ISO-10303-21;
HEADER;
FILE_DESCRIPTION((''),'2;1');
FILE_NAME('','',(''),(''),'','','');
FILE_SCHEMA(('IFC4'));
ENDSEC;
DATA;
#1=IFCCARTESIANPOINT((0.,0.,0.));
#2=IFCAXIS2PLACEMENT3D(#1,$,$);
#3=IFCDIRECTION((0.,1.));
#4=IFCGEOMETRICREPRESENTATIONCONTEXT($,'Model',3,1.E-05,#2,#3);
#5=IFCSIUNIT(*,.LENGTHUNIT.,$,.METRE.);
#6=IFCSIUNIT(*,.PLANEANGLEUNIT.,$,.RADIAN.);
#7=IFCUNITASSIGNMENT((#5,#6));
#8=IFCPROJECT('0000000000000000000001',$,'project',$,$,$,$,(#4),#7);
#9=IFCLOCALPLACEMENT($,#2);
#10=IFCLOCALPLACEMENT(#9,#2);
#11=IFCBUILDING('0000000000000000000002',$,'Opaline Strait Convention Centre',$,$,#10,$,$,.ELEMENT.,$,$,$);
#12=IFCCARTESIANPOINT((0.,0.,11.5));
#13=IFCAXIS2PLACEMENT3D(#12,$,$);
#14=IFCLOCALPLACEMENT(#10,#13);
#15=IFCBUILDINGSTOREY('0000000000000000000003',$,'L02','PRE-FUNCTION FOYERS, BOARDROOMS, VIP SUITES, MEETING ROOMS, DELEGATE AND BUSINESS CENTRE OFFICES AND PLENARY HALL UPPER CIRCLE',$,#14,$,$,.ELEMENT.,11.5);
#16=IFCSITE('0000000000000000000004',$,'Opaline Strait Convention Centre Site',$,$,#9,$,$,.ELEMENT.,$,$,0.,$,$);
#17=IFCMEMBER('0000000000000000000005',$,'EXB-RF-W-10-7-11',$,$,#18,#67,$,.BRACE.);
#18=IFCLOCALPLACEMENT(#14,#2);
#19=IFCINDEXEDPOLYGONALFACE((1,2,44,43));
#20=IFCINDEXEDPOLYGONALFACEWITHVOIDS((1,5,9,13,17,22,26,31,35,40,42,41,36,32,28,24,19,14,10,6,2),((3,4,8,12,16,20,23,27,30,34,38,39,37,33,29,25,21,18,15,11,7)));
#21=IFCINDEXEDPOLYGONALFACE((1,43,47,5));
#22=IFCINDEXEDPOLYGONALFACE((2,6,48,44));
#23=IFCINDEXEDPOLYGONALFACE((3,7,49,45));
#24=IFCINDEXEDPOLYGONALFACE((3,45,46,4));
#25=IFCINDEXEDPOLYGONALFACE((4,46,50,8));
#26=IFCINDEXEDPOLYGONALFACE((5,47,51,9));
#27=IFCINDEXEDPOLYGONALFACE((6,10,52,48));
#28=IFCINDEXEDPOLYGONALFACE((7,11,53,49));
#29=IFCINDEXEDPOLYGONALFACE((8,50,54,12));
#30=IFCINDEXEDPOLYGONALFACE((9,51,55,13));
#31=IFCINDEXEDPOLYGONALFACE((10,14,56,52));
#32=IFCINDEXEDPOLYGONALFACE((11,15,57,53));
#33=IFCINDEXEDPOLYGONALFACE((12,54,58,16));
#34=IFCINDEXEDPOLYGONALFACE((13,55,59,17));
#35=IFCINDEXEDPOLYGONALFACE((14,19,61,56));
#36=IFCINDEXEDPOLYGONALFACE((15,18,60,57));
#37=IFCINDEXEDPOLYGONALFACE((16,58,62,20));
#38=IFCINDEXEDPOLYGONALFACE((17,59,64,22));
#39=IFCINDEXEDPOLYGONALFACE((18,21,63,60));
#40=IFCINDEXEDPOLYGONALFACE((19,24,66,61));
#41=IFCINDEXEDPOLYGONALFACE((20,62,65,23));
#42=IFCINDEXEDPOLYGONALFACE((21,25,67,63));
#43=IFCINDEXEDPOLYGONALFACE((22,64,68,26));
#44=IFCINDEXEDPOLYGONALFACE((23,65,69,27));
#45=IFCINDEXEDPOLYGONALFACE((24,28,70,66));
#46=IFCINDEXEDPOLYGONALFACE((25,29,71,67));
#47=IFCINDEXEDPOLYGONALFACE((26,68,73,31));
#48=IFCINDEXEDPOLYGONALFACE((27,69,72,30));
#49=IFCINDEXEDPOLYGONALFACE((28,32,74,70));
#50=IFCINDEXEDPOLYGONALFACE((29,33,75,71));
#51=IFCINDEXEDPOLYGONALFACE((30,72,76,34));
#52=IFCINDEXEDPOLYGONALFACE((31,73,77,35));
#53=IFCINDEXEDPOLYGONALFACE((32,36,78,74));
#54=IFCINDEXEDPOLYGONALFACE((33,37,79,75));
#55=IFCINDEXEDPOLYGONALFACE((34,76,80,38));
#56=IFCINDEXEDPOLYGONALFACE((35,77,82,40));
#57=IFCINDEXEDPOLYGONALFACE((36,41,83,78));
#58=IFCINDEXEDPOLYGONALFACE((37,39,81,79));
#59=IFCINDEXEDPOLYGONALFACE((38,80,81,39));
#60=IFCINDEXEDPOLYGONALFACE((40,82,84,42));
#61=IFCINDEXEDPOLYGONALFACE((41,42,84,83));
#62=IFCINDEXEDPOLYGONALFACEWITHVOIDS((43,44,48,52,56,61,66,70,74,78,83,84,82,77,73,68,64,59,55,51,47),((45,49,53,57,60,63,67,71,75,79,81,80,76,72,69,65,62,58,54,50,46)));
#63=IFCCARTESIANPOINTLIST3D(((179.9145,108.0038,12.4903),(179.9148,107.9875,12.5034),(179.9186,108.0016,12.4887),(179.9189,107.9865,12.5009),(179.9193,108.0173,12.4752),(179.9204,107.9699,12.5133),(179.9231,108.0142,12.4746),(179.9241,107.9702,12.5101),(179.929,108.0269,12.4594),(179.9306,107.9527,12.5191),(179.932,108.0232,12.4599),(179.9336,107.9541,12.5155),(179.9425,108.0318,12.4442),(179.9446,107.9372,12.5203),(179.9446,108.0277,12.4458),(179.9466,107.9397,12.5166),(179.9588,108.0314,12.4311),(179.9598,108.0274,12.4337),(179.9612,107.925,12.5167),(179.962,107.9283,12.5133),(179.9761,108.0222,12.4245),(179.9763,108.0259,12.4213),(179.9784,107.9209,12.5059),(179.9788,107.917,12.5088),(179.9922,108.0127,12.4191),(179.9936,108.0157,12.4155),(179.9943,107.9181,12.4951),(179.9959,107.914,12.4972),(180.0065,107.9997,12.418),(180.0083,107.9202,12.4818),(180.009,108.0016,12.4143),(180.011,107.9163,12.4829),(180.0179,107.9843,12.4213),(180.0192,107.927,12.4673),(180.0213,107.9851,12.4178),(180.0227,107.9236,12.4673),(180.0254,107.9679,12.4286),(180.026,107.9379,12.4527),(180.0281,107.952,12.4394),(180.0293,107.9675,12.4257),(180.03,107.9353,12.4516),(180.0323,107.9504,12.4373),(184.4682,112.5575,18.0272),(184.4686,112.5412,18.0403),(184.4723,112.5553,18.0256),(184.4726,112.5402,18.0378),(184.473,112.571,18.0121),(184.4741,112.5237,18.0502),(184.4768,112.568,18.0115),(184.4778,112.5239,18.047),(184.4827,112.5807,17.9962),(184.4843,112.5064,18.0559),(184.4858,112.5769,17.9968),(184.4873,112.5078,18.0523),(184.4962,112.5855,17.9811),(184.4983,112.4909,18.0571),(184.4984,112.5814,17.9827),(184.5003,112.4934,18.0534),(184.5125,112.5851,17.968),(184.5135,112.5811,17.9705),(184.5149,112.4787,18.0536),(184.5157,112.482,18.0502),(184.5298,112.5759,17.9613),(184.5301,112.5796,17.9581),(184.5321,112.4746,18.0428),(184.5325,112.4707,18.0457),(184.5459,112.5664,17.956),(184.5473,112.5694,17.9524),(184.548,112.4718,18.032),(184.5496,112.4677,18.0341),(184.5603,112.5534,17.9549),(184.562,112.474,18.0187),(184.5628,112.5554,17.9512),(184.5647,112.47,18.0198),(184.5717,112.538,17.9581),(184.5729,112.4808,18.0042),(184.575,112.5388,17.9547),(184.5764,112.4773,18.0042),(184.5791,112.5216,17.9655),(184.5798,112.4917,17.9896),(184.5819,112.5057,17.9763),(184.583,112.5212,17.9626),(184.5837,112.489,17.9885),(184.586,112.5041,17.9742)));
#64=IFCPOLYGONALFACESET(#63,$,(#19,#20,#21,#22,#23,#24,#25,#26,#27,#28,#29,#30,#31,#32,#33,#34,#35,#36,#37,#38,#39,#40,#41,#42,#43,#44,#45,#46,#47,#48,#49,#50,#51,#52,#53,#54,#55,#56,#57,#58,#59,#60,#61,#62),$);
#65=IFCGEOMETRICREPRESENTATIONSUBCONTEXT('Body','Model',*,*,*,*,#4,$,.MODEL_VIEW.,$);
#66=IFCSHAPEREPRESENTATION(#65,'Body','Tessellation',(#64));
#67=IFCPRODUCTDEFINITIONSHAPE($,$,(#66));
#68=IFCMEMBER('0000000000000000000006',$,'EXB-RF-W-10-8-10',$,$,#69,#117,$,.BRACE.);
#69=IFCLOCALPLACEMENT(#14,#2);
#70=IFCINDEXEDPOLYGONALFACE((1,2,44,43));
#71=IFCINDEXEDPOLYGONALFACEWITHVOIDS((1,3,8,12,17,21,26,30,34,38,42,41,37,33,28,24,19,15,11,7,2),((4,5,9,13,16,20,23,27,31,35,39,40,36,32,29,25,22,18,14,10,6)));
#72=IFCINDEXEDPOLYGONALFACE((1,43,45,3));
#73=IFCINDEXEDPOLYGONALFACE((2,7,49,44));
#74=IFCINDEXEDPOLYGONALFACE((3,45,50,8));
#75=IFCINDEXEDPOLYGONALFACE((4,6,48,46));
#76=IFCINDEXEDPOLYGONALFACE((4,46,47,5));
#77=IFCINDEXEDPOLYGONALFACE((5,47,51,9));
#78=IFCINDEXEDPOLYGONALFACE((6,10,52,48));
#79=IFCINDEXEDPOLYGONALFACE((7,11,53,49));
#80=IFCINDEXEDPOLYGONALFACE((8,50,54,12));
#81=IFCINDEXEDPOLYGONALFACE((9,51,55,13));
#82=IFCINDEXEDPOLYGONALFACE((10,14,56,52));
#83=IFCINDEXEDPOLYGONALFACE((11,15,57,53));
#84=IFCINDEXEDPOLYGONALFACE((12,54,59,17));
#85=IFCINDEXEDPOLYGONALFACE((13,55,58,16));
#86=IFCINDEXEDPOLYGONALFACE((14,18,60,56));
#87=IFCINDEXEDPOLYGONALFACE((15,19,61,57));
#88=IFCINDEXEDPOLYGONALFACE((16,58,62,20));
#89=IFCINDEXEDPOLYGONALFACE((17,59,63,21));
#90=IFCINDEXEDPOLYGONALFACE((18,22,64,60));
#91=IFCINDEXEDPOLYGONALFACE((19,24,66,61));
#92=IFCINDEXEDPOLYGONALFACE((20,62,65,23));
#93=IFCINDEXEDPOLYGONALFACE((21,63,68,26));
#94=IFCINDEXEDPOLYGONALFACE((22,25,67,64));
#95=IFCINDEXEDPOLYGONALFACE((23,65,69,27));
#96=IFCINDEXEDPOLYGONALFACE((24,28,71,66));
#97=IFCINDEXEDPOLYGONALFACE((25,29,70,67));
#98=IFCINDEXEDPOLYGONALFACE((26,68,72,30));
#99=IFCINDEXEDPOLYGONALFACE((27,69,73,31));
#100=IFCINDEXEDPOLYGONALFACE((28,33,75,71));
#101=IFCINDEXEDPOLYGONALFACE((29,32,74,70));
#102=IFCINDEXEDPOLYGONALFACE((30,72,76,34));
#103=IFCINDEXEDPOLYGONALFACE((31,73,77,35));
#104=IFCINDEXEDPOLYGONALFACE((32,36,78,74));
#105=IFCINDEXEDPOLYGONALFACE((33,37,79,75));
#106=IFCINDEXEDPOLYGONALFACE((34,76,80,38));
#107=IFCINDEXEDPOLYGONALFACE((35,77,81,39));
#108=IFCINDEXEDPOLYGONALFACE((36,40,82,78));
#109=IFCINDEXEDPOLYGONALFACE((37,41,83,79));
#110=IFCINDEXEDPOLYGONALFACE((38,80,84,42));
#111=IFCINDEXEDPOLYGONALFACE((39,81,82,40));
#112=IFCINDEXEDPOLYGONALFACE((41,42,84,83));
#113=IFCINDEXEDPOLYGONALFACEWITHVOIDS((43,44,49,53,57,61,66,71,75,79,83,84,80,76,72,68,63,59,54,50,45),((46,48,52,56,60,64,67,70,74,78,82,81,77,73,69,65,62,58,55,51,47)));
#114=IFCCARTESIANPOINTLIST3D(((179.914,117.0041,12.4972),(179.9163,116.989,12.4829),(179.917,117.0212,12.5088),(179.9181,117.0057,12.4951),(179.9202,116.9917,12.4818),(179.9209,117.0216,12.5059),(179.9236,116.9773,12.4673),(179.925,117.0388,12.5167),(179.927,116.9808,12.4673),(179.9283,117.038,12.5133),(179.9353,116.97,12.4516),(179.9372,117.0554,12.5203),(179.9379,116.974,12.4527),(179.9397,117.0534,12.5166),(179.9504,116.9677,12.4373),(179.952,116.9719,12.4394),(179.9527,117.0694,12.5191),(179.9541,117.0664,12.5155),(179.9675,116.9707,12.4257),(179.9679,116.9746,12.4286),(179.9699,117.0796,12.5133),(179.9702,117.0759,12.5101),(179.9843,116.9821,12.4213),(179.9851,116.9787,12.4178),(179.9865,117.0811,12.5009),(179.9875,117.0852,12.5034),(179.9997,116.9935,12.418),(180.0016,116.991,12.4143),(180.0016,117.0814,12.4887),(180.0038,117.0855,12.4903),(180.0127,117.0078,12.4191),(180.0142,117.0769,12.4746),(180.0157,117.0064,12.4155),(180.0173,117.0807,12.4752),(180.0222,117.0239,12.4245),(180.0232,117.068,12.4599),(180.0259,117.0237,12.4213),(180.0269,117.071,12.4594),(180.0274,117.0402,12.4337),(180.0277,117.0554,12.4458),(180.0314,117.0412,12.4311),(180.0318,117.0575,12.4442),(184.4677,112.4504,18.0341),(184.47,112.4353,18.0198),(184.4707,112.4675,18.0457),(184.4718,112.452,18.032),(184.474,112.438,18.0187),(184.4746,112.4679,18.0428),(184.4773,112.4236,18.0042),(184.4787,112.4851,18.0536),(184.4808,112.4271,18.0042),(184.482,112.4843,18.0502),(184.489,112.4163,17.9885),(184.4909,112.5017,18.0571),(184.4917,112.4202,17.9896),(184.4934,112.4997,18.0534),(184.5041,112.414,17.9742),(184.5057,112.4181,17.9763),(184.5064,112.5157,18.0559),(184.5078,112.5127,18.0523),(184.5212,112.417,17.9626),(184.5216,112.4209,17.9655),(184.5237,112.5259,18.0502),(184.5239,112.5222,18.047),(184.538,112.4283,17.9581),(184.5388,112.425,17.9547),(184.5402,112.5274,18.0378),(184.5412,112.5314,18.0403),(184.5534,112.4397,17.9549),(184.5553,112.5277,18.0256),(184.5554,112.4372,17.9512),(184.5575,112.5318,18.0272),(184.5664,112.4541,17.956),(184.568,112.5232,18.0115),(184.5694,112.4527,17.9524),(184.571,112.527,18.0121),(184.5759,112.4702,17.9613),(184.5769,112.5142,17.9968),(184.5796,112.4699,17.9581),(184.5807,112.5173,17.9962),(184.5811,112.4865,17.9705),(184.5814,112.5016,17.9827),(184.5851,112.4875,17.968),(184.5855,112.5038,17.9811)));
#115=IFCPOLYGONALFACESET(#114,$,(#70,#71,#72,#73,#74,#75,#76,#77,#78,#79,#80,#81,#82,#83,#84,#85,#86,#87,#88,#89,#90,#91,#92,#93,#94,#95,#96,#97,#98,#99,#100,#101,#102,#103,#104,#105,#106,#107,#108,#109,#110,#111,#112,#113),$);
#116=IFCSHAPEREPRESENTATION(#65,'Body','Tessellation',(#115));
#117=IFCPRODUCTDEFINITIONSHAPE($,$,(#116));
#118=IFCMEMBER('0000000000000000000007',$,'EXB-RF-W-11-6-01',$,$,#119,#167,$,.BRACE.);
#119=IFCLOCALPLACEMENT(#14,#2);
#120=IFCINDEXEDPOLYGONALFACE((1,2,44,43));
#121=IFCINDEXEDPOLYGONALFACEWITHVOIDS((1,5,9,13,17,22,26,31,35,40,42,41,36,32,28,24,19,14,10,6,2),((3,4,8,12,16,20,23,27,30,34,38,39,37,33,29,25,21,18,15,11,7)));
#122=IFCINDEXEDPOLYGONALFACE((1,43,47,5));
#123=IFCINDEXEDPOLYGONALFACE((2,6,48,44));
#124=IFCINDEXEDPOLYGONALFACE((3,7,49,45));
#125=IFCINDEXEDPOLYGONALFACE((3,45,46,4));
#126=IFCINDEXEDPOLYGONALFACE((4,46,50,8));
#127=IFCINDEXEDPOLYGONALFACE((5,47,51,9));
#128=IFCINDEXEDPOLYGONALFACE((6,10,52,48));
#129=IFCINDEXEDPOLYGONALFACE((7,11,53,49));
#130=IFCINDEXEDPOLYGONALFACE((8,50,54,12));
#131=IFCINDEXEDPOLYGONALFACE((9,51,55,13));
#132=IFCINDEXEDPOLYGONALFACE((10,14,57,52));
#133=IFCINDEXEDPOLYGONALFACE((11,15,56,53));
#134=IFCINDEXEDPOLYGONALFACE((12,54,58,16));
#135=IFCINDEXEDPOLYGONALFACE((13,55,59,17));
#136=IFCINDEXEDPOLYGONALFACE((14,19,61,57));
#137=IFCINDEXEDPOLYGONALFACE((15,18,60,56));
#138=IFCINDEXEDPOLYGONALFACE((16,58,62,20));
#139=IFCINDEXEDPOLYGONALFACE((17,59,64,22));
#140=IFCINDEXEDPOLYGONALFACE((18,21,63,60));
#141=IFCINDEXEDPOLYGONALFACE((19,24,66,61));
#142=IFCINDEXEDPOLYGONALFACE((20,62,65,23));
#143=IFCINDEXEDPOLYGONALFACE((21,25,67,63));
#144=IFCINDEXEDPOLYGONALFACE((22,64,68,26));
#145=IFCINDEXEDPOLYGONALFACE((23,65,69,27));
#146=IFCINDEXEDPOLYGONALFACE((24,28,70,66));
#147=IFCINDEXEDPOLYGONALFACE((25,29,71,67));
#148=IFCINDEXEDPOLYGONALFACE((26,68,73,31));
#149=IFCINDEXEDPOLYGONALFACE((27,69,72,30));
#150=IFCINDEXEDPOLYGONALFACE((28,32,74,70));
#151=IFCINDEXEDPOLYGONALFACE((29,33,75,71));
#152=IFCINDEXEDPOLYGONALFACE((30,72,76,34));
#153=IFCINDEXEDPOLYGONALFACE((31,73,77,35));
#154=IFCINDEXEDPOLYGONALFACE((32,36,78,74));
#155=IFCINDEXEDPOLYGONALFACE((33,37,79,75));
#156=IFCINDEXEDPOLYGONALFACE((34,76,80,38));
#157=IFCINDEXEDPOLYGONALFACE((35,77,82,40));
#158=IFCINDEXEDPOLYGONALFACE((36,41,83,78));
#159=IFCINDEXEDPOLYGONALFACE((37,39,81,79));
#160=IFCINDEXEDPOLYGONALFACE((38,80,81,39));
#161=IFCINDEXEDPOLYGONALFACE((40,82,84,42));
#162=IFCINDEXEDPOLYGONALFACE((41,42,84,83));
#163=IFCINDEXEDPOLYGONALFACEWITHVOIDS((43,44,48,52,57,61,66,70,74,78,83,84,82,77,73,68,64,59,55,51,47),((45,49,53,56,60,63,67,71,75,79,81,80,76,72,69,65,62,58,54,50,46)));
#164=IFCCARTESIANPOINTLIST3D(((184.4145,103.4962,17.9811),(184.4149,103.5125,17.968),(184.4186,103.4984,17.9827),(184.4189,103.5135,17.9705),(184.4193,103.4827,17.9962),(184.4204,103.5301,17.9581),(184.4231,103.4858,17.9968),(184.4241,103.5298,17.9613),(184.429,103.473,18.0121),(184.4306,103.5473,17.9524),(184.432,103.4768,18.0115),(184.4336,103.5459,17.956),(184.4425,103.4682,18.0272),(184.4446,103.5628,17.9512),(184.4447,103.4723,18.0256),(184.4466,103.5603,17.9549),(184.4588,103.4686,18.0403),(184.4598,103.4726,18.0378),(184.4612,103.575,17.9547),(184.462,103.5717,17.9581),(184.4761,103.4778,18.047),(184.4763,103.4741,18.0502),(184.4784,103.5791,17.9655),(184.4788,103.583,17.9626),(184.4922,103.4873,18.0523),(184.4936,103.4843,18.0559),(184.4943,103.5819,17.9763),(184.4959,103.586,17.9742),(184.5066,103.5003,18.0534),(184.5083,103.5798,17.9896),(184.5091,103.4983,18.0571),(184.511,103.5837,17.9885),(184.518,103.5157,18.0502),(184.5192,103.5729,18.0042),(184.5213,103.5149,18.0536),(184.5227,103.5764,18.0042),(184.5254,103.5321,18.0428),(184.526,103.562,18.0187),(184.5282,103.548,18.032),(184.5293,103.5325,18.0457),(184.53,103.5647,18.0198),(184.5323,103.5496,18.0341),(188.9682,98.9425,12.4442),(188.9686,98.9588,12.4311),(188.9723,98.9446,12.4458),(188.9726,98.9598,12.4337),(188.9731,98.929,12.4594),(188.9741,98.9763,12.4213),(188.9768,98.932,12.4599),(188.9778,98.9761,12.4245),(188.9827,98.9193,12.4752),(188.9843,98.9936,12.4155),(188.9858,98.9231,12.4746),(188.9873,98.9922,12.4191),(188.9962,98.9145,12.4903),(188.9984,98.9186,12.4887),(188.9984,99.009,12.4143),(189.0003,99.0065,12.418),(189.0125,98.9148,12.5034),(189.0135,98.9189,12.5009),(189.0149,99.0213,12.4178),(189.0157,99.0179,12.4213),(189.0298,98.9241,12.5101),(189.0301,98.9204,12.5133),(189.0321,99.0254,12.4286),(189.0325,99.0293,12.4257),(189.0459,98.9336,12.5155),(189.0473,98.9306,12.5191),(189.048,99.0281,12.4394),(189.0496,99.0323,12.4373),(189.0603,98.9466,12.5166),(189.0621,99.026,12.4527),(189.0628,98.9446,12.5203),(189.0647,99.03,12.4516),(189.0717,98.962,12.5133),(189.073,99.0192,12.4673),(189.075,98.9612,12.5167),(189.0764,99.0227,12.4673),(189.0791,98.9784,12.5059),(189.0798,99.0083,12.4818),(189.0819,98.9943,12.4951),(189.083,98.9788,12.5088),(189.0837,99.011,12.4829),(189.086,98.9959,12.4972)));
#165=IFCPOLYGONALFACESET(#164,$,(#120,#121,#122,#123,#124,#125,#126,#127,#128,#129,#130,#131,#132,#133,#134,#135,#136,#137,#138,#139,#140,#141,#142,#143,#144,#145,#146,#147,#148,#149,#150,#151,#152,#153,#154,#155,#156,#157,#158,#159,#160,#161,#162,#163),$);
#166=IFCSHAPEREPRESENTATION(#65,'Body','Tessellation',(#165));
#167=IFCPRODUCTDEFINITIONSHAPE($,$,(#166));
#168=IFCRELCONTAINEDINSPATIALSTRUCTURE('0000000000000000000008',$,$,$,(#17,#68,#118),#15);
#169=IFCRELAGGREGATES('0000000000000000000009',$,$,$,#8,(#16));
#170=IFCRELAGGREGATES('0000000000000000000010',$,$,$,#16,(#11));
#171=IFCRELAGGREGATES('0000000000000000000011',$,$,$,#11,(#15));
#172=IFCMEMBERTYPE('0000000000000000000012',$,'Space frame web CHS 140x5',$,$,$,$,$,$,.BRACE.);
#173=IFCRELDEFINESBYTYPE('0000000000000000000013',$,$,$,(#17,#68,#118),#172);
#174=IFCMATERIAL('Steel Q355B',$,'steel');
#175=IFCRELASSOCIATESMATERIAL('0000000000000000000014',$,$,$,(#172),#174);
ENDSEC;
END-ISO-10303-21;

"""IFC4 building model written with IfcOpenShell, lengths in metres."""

from ifc_helpers import new_model, si_unit, direction, frame, origin, origin_2d, place, context, subcontext, project, spatial, hollow_circle, extrude, material, material_profile, profile_set, type_object, element, save


model = new_model("IFC4")

# Units and contexts
model_context = context("Model", 3, precision=1e-05, world=origin(), true_north=direction((0.0, 1.0)))
body_context = subcontext(model_context, "Body", "Model", "MODEL_VIEW")
ifc_project = project(units=[si_unit("LENGTHUNIT", "METRE"), si_unit("PLANEANGLEUNIT", "RADIAN")], contexts=[model_context])

# Site, building, storey
site_placement = place(None, origin())
site = spatial("IfcSite", under=ifc_project, at=site_placement, Name="Opaline Strait Convention Centre Site", CompositionType="ELEMENT", RefElevation=0.0)
building_placement = place(site_placement, origin())
building = spatial("IfcBuilding", under=site, at=building_placement, Name="Opaline Strait Convention Centre", CompositionType="ELEMENT")
storey_placement = place(building_placement, frame((0.0, 0.0, 11.5)))
storey = spatial("IfcBuildingStorey", under=building, at=storey_placement, Name="L02", Description="PRE-FUNCTION FOYERS, BOARDROOMS, VIP SUITES, MEETING ROOMS, DELEGATE AND BUSINESS CENTRE OFFICES AND PLENARY HALL UPPER CIRCLE", CompositionType="ELEMENT", Elevation=11.5)

# Members
ifc_material = material(Name="Steel Q355B", Category="steel")
ifc_material_profile_1 = material_profile(ifc_material, hollow_circle(Radius=0.0701, WallThickness=0.0049, at=origin_2d()), Name="CHS 140x5")
ifc_profile_set_1 = profile_set([ifc_material_profile_1], Name="Steel Q355B")
member_type_1 = type_object("IfcMemberType", Name="Space frame web CHS 140x5", PredefinedType="BRACE", material=ifc_profile_set_1)
for number, where, z_axis, x_axis, name in (
    (1, (184.5269, 112.5269, 18.0042), (-0.536178, -0.536178, -0.65194), (0.707107, -0.707107, 0.0), "EXB-RF-W-10-7-11"),
    (2, (184.5269, 112.4731, 18.0042), (-0.536178, 0.536178, -0.65194), (-0.707107, -0.707107, 0.0), "EXB-RF-W-10-8-10"),
    (3, (184.4731, 103.5269, 18.0042), (0.536178, -0.536178, -0.65194), (0.707107, 0.707107, 0.0), "EXB-RF-W-11-6-01"),
):
    element("IfcMember", number, at=place(storey_placement, frame(where, z_axis=z_axis, x_axis=x_axis)), inside=storey, type_object=member_type_1, Name=name, PredefinedType="BRACE", context=body_context, shape_type="SweptSolid", body=[
        extrude(hollow_circle(Radius=0.0701, WallThickness=0.0049, at=origin_2d()), origin(), (0.0, 0.0, 1.0), 8.4929),
    ])

save(model, "model.ifc")
